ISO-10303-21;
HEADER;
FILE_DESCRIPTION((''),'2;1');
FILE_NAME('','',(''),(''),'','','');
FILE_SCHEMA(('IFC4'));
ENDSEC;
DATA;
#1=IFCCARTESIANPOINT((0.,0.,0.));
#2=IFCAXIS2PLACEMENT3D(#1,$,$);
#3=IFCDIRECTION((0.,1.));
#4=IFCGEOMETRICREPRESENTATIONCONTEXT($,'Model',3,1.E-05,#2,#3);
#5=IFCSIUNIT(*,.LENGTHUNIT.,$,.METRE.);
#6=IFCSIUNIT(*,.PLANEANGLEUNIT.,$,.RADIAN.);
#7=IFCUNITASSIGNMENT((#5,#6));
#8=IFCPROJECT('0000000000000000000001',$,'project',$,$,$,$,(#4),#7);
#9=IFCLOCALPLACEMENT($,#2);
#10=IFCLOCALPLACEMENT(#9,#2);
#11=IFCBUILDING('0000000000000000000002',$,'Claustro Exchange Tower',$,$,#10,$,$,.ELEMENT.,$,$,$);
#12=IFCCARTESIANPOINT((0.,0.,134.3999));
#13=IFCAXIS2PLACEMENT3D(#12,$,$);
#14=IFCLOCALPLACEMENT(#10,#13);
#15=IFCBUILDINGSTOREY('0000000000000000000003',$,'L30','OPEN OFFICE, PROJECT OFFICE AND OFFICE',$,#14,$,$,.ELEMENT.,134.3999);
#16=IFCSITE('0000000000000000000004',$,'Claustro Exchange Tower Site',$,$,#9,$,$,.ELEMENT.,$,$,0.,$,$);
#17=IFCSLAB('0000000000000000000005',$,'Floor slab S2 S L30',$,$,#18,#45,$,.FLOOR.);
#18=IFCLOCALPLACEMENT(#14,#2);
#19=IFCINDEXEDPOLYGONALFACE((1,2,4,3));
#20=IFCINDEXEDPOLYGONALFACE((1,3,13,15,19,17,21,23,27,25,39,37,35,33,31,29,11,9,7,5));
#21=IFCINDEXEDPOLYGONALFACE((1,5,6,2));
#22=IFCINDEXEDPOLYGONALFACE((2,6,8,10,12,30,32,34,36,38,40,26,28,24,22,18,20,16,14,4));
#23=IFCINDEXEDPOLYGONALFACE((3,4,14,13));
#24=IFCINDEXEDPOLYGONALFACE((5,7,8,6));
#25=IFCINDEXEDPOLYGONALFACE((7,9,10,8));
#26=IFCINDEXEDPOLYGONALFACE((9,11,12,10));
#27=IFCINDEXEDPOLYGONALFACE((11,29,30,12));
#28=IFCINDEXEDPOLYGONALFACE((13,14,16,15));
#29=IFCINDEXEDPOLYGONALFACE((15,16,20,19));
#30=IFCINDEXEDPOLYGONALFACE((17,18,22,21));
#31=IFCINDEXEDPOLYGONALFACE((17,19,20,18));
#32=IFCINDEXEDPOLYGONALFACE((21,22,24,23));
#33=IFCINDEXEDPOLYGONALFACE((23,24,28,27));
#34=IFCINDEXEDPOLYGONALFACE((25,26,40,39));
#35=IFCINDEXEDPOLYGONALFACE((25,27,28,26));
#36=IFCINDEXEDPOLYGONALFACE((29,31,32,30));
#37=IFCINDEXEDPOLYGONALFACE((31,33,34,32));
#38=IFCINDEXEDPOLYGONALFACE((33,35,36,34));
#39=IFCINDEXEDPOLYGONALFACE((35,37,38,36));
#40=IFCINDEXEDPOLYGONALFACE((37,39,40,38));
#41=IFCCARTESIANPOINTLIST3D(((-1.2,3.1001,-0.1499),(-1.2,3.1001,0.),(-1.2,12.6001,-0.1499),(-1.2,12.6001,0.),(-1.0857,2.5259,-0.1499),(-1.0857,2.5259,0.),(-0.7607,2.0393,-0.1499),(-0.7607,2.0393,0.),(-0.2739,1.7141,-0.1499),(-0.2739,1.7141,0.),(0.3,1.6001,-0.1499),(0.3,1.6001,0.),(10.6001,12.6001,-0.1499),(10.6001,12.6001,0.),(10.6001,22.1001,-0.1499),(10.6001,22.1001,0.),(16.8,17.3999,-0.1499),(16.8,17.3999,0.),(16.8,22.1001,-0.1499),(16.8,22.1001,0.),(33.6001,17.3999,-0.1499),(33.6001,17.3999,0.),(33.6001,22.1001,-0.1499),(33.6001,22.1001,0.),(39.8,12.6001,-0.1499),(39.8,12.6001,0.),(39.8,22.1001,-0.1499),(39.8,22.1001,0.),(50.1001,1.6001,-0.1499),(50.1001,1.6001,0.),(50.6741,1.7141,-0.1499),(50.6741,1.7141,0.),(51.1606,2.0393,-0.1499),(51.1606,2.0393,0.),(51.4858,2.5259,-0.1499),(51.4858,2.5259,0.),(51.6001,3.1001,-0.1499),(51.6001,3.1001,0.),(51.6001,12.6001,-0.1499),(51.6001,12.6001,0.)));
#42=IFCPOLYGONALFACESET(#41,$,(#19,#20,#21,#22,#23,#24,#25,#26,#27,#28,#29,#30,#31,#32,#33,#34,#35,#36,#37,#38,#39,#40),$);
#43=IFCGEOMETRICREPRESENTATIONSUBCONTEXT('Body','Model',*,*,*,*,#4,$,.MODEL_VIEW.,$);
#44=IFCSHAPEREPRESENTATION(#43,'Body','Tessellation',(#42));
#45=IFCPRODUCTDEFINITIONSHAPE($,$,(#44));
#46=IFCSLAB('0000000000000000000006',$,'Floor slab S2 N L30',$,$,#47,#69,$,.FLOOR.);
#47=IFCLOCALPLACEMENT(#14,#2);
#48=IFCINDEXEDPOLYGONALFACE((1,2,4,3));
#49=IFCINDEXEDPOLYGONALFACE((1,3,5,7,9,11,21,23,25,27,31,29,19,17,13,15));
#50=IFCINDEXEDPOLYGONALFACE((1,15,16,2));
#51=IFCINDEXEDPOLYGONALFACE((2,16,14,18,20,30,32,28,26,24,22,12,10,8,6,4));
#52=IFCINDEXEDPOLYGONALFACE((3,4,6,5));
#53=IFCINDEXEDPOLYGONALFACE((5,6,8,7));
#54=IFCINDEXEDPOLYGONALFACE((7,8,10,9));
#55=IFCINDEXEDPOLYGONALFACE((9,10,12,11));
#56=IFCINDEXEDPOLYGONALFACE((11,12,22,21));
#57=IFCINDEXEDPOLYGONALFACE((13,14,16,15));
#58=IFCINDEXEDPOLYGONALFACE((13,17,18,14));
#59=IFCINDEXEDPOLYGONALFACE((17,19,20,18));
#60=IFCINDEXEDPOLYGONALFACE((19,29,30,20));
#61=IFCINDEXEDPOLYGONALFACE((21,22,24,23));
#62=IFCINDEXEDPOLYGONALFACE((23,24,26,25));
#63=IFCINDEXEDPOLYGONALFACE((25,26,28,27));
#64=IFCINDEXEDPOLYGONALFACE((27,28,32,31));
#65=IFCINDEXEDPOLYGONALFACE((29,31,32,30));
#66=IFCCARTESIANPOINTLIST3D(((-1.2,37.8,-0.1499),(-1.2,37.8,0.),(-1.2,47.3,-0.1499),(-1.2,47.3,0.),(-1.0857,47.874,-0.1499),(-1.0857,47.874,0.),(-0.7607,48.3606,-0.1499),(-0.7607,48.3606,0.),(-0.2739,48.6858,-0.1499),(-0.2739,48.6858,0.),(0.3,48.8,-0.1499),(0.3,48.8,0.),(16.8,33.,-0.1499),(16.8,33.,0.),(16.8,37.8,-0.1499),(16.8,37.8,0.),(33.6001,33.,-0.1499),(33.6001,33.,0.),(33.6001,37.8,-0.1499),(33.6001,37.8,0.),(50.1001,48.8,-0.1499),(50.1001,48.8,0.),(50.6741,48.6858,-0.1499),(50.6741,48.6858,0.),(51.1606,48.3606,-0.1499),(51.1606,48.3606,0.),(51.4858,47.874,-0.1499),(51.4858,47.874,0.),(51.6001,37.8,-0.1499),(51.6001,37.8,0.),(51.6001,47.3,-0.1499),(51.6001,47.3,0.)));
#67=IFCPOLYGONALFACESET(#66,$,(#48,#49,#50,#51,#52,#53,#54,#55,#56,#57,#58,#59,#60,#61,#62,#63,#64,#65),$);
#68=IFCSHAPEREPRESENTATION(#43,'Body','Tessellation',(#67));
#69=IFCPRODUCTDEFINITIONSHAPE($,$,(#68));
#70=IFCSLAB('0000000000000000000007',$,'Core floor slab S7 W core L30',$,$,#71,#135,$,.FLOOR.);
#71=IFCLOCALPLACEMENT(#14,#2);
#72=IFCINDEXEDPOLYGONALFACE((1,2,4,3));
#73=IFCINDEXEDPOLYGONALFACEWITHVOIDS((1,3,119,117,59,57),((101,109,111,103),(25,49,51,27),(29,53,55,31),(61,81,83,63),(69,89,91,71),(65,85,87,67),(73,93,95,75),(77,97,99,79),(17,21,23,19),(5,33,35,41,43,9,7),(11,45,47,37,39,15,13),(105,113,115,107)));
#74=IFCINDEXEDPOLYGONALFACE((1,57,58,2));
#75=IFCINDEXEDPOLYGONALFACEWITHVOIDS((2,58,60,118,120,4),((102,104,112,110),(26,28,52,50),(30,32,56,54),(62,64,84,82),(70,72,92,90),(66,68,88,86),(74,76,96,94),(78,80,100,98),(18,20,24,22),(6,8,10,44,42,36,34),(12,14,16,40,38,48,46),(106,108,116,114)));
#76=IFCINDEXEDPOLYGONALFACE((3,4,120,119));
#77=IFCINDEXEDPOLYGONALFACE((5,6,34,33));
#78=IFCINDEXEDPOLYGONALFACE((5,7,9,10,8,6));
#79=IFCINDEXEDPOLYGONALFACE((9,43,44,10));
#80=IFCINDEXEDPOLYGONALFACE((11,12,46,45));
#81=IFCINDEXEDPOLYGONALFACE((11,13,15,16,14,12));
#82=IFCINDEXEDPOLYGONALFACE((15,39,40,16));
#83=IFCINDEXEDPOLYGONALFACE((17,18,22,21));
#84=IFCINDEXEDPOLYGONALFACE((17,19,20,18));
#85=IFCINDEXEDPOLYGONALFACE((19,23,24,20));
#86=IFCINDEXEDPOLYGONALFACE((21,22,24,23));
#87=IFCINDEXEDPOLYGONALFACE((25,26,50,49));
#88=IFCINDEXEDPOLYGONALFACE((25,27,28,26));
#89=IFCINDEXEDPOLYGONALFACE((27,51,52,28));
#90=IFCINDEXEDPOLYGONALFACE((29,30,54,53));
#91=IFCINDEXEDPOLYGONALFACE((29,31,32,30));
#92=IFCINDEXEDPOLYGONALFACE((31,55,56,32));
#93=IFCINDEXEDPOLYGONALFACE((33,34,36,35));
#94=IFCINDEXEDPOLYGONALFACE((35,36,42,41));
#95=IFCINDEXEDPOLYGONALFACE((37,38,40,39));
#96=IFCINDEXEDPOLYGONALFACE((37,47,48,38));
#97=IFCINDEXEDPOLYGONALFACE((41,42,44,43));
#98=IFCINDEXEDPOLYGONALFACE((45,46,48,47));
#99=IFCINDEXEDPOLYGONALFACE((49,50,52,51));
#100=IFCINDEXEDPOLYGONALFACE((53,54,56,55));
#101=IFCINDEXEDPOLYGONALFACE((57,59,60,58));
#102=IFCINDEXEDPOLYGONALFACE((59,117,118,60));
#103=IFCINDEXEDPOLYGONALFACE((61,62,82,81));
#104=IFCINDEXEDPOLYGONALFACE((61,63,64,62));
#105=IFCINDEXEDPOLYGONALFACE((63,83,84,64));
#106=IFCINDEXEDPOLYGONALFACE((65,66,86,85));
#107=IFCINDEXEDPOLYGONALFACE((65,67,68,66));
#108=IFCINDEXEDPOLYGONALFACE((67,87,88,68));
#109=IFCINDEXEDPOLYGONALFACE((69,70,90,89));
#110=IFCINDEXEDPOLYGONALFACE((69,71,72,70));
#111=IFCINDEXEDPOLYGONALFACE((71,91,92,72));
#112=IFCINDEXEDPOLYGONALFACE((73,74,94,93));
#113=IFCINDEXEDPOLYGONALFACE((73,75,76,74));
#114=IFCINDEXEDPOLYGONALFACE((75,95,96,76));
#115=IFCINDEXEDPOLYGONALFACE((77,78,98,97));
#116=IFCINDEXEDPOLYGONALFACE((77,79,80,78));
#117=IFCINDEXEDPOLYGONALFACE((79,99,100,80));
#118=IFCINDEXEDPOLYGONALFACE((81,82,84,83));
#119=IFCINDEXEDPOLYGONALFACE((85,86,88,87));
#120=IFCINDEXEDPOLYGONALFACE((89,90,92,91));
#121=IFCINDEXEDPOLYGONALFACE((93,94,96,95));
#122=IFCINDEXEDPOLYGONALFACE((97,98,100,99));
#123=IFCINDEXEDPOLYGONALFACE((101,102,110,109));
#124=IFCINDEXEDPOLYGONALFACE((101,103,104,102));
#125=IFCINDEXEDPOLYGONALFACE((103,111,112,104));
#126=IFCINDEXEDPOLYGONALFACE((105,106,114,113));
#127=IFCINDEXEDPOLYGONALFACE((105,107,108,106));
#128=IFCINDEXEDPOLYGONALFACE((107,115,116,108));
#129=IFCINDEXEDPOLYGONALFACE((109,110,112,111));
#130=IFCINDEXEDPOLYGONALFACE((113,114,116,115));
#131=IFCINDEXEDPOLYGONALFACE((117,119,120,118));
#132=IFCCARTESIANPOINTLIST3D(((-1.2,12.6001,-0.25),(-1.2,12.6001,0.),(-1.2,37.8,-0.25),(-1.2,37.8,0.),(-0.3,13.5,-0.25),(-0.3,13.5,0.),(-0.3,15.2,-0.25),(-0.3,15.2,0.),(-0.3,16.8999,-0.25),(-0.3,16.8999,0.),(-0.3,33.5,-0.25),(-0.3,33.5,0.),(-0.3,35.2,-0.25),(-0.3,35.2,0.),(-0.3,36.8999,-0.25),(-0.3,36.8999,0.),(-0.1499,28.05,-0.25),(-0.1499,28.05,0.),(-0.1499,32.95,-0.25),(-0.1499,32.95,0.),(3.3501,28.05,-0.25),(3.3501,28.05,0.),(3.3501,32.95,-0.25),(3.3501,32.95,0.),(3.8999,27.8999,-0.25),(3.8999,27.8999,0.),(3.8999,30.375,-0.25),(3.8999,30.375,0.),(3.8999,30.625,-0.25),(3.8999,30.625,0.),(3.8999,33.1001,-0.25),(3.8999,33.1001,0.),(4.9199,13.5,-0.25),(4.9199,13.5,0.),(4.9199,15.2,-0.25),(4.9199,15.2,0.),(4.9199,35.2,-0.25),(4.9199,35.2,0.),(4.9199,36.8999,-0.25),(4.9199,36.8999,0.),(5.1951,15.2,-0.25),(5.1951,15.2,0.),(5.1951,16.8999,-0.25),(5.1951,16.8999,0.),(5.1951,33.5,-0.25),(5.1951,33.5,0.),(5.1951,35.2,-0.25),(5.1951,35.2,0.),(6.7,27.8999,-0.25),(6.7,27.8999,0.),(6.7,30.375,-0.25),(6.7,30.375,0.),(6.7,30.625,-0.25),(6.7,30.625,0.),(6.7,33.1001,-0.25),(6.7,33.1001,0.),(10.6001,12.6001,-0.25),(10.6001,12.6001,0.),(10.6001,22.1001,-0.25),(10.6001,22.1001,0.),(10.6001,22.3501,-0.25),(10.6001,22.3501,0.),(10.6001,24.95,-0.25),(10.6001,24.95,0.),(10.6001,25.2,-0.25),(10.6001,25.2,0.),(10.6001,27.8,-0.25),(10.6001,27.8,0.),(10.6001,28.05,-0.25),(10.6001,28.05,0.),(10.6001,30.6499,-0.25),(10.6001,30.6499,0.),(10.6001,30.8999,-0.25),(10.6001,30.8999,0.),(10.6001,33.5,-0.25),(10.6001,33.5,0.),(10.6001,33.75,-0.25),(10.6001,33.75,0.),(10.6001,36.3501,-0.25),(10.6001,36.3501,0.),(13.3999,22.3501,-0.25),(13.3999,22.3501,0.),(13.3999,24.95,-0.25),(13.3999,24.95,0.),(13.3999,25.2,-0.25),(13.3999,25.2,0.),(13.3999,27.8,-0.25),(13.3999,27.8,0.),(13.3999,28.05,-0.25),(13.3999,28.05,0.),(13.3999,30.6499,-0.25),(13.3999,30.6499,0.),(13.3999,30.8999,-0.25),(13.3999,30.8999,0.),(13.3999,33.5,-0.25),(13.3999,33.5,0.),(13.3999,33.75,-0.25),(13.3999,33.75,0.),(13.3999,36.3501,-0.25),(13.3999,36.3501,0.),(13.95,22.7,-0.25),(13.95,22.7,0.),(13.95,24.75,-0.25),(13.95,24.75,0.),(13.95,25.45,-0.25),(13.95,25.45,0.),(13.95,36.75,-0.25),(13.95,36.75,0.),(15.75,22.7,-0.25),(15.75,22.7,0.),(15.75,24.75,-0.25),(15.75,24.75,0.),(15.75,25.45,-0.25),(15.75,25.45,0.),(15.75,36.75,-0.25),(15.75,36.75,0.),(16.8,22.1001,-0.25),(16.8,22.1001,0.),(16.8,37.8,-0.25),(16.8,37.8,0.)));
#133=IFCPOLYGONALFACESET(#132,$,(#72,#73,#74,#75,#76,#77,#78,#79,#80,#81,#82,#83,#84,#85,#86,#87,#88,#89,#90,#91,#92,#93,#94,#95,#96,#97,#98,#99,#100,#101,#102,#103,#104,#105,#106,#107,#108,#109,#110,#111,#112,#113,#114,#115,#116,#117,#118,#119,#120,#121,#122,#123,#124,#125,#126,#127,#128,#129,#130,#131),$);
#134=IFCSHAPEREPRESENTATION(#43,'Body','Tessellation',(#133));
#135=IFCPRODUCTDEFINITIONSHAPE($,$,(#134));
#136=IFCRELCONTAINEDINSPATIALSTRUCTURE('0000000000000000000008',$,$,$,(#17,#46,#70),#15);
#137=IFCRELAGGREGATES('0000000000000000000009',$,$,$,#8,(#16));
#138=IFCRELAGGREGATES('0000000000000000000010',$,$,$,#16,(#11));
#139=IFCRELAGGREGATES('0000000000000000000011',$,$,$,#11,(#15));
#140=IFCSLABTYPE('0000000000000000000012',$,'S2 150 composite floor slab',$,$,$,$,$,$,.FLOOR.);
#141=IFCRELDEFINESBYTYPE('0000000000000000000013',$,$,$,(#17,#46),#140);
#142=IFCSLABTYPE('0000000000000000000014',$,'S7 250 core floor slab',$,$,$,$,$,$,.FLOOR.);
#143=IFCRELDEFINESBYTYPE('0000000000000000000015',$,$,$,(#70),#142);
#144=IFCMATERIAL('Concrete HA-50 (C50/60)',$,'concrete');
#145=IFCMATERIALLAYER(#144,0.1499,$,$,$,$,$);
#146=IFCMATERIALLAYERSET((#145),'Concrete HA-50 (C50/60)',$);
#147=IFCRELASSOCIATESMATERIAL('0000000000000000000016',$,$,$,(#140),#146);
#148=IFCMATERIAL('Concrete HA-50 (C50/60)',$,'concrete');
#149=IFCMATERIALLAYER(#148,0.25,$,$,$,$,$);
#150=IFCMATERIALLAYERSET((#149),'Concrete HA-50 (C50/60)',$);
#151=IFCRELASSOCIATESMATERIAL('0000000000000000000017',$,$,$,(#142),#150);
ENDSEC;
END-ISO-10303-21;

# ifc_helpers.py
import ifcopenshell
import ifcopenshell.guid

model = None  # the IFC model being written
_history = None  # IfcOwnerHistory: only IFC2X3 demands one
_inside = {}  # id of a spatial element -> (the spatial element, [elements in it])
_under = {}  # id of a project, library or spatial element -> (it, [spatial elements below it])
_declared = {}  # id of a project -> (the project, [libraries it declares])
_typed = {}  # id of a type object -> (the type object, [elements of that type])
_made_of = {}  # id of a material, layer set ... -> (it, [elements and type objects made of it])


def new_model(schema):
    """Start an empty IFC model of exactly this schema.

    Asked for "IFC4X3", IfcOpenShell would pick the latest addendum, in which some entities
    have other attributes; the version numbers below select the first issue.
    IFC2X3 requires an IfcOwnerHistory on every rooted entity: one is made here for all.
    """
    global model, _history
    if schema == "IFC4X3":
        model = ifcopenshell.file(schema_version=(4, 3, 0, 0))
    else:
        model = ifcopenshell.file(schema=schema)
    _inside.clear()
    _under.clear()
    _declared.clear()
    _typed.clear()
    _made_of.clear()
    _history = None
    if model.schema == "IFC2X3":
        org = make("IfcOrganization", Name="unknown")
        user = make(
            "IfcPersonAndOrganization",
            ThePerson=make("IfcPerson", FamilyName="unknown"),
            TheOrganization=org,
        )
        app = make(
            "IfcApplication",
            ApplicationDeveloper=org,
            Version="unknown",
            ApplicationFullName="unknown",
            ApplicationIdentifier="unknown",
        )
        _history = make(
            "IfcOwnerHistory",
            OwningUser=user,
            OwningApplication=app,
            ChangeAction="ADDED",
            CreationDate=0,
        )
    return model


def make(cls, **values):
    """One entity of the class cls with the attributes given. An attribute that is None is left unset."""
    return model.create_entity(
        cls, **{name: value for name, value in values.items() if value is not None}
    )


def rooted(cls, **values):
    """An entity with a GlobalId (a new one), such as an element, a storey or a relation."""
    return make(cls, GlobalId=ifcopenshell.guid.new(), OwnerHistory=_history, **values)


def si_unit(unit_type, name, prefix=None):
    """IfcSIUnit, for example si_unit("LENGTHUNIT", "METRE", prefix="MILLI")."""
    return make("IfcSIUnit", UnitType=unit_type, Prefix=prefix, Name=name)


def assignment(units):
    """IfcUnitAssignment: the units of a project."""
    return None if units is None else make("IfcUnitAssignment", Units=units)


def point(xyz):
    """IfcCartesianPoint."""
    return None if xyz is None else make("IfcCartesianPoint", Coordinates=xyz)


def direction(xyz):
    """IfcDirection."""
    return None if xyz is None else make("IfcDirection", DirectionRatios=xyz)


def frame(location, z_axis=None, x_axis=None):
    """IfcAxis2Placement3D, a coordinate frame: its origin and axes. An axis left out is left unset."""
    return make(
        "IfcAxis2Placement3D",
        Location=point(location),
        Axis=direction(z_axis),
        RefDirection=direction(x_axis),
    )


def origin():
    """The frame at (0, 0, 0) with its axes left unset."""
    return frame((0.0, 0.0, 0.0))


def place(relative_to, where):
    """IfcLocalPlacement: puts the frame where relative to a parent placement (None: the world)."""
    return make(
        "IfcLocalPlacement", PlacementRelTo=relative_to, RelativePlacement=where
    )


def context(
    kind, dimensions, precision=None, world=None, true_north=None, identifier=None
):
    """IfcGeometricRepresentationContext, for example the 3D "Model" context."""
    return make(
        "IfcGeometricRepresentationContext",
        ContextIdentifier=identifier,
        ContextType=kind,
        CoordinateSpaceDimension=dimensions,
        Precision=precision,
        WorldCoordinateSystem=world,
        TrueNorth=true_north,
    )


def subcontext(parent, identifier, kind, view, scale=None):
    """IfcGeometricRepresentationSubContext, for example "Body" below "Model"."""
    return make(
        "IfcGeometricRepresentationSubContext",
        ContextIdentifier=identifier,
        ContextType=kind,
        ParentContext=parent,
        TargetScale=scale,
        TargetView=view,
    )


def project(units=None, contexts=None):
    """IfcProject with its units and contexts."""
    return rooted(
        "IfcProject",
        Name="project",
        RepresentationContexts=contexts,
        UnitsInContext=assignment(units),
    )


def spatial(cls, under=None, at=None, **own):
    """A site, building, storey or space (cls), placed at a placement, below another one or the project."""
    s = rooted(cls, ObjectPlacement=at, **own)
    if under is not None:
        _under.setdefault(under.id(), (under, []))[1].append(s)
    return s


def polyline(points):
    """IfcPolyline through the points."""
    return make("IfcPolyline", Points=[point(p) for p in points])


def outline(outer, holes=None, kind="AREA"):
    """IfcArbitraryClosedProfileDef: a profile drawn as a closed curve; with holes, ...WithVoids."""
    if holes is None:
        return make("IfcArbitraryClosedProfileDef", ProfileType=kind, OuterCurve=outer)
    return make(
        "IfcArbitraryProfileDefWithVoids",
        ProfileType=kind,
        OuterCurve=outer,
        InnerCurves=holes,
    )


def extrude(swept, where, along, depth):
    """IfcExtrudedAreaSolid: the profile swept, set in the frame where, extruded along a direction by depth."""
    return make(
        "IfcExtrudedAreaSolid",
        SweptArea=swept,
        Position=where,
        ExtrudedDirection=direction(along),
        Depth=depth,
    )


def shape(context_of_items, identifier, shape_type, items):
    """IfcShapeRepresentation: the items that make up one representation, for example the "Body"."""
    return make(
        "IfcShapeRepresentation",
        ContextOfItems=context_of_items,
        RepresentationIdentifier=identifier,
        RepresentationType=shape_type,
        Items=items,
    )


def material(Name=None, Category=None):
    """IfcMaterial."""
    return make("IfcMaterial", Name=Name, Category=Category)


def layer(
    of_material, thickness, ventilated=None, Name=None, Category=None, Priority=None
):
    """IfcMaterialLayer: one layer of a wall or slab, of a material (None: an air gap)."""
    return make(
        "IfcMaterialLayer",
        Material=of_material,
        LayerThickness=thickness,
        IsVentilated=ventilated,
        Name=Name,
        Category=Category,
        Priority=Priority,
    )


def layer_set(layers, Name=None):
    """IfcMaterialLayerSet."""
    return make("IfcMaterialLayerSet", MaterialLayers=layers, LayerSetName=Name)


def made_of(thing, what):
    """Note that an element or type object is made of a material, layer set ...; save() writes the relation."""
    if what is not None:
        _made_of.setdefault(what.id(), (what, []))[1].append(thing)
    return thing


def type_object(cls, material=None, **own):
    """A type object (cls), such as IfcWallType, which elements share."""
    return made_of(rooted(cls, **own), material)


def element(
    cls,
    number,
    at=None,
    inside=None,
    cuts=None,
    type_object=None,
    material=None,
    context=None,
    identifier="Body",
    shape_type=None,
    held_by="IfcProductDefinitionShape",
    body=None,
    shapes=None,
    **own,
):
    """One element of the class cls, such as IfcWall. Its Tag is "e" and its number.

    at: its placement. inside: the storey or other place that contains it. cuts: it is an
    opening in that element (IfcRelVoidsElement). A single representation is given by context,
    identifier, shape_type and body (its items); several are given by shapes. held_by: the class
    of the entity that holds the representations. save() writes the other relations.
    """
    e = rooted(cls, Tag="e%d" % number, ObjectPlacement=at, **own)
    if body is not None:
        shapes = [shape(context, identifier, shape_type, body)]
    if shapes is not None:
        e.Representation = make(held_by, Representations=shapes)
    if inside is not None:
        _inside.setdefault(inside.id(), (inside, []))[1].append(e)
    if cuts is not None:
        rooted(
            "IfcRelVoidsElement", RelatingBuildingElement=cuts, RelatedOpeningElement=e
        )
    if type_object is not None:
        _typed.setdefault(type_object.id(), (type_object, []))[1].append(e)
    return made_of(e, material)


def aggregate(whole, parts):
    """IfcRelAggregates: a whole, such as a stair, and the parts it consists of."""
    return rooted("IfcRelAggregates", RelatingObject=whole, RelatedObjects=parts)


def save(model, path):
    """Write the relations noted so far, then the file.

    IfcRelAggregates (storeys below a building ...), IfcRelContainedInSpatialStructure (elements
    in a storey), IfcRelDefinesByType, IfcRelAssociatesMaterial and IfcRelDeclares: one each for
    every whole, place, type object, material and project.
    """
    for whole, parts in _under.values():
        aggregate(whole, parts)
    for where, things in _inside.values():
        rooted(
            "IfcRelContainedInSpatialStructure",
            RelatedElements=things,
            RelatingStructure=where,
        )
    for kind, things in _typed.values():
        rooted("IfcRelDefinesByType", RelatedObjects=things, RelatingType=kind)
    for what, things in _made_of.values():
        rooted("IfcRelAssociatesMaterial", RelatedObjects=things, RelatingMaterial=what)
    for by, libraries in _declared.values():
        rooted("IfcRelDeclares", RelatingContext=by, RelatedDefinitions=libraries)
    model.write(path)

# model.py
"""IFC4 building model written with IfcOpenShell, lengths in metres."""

from ifc_helpers import new_model, si_unit, direction, frame, origin, place, context, subcontext, project, spatial, polyline, outline, extrude, material, layer, layer_set, type_object, element, save


model = new_model("IFC4")

# Units and contexts
model_context = context("Model", 3, precision=1e-05, world=origin(), true_north=direction((0.0, 1.0)))
body_context = subcontext(model_context, "Body", "Model", "MODEL_VIEW")
ifc_project = project(units=[si_unit("LENGTHUNIT", "METRE"), si_unit("PLANEANGLEUNIT", "RADIAN")], contexts=[model_context])

# Site, building, storey
site_placement = place(None, origin())
site = spatial("IfcSite", under=ifc_project, at=site_placement, Name="Claustro Exchange Tower Site", CompositionType="ELEMENT", RefElevation=0.0)
building_placement = place(site_placement, origin())
building = spatial("IfcBuilding", under=site, at=building_placement, Name="Claustro Exchange Tower", CompositionType="ELEMENT")
storey_placement = place(building_placement, frame((0.0, 0.0, 134.3999)))
storey = spatial("IfcBuildingStorey", under=building, at=storey_placement, Name="L30", Description="OPEN OFFICE, PROJECT OFFICE AND OFFICE", CompositionType="ELEMENT", Elevation=134.3999)

# Slabs
ifc_material_1 = material(Name="Concrete HA-50 (C50/60)", Category="concrete")
ifc_layer_1 = layer(ifc_material_1, 0.1499)
ifc_layer_set_1 = layer_set([ifc_layer_1], Name="Concrete HA-50 (C50/60)")
slab_type_1 = type_object("IfcSlabType", Name="S2 150 composite floor slab", PredefinedType="FLOOR", material=ifc_layer_set_1)
slab_1_placement = place(storey_placement, frame((0.0, 0.0, -0.1499)))
element("IfcSlab", 1, at=slab_1_placement, inside=storey, type_object=slab_type_1, Name="Floor slab S2 S L30", PredefinedType="FLOOR", context=body_context, shape_type="SweptSolid", body=[
    extrude(outline(polyline([(-0.2739, 1.7141), (0.3, 1.6001), (50.1001, 1.6001), (50.6741, 1.7141), (51.1606, 2.0393), (51.4858, 2.5259), (51.6001, 3.1001), (51.6001, 12.6001), (39.8, 12.6001), (39.8, 22.1001), (33.6001, 22.1001), (33.6001, 17.3999), (16.8, 17.3999), (16.8, 22.1001), (10.6001, 22.1001), (10.6001, 12.6001), (-1.2, 12.6001), (-1.2, 3.1001), (-1.0857, 2.5259), (-0.7607, 2.0393), (-0.2739, 1.7141)])), origin(), (0.0, 0.0, 1.0), 0.1499),
])
slab_2_placement = place(storey_placement, frame((0.0, 0.0, -0.1499)))
element("IfcSlab", 2, at=slab_2_placement, inside=storey, type_object=slab_type_1, Name="Floor slab S2 N L30", PredefinedType="FLOOR", context=body_context, shape_type="SweptSolid", body=[
    extrude(outline(polyline([(16.8, 37.8), (16.8, 33.0), (33.6001, 33.0), (33.6001, 37.8), (51.6001, 37.8), (51.6001, 47.3), (51.4858, 47.874), (51.1606, 48.3606), (50.6741, 48.6858), (50.1001, 48.8), (0.3, 48.8), (-0.2739, 48.6858), (-0.7607, 48.3606), (-1.0857, 47.874), (-1.2, 47.3), (-1.2, 37.8), (16.8, 37.8)])), origin(), (0.0, 0.0, 1.0), 0.1499),
])
ifc_material_2 = material(Name="Concrete HA-50 (C50/60)", Category="concrete")
ifc_layer_2 = layer(ifc_material_2, 0.25)
ifc_layer_set_2 = layer_set([ifc_layer_2], Name="Concrete HA-50 (C50/60)")
slab_type_2 = type_object("IfcSlabType", Name="S7 250 core floor slab", PredefinedType="FLOOR", material=ifc_layer_set_2)
slab_3_placement = place(storey_placement, frame((0.0, 0.0, -0.25)))
element("IfcSlab", 3, at=slab_3_placement, inside=storey, type_object=slab_type_2, Name="Core floor slab S7 W core L30", PredefinedType="FLOOR", context=body_context, shape_type="SweptSolid", body=[
    extrude(outline(polyline([(-1.2, 37.8), (-1.2, 12.6001), (10.6001, 12.6001), (10.6001, 22.1001), (16.8, 22.1001), (16.8, 37.8), (-1.2, 37.8)]), holes=[polyline([(13.95, 24.75), (15.75, 24.75), (15.75, 22.7), (13.95, 22.7), (13.95, 24.75)]), polyline([(13.95, 36.75), (15.75, 36.75), (15.75, 25.45), (13.95, 25.45), (13.95, 36.75)]), polyline([(13.3999, 24.95), (13.3999, 22.3501), (10.6001, 22.3501), (10.6001, 24.95), (13.3999, 24.95)]), polyline([(13.3999, 27.8), (13.3999, 25.2), (10.6001, 25.2), (10.6001, 27.8), (13.3999, 27.8)]), polyline([(13.3999, 30.6499), (13.3999, 28.05), (10.6001, 28.05), (10.6001, 30.6499), (13.3999, 30.6499)]), polyline([(13.3999, 33.5), (13.3999, 30.8999), (10.6001, 30.8999), (10.6001, 33.5), (13.3999, 33.5)]), polyline([(13.3999, 36.3501), (13.3999, 33.75), (10.6001, 33.75), (10.6001, 36.3501), (13.3999, 36.3501)]), polyline([(6.7, 30.375), (6.7, 27.8999), (3.8999, 27.8999), (3.8999, 30.375), (6.7, 30.375)]), polyline([(6.7, 33.1001), (6.7, 30.625), (3.8999, 30.625), (3.8999, 33.1001), (6.7, 33.1001)]), polyline([(-0.3, 15.2), (-0.3, 16.8999), (5.1951, 16.8999), (5.1951, 15.2), (4.9199, 15.2), (4.9199, 13.5), (-0.3, 13.5), (-0.3, 15.2)]), polyline([(-0.3, 35.2), (-0.3, 36.8999), (4.9199, 36.8999), (4.9199, 35.2), (5.1951, 35.2), (5.1951, 33.5), (-0.3, 33.5), (-0.3, 35.2)]), polyline([(-0.1499, 32.95), (3.3501, 32.95), (3.3501, 28.05), (-0.1499, 28.05), (-0.1499, 32.95)])]), origin(), (0.0, 0.0, 1.0), 0.25),
])

save(model, "model.ifc")
